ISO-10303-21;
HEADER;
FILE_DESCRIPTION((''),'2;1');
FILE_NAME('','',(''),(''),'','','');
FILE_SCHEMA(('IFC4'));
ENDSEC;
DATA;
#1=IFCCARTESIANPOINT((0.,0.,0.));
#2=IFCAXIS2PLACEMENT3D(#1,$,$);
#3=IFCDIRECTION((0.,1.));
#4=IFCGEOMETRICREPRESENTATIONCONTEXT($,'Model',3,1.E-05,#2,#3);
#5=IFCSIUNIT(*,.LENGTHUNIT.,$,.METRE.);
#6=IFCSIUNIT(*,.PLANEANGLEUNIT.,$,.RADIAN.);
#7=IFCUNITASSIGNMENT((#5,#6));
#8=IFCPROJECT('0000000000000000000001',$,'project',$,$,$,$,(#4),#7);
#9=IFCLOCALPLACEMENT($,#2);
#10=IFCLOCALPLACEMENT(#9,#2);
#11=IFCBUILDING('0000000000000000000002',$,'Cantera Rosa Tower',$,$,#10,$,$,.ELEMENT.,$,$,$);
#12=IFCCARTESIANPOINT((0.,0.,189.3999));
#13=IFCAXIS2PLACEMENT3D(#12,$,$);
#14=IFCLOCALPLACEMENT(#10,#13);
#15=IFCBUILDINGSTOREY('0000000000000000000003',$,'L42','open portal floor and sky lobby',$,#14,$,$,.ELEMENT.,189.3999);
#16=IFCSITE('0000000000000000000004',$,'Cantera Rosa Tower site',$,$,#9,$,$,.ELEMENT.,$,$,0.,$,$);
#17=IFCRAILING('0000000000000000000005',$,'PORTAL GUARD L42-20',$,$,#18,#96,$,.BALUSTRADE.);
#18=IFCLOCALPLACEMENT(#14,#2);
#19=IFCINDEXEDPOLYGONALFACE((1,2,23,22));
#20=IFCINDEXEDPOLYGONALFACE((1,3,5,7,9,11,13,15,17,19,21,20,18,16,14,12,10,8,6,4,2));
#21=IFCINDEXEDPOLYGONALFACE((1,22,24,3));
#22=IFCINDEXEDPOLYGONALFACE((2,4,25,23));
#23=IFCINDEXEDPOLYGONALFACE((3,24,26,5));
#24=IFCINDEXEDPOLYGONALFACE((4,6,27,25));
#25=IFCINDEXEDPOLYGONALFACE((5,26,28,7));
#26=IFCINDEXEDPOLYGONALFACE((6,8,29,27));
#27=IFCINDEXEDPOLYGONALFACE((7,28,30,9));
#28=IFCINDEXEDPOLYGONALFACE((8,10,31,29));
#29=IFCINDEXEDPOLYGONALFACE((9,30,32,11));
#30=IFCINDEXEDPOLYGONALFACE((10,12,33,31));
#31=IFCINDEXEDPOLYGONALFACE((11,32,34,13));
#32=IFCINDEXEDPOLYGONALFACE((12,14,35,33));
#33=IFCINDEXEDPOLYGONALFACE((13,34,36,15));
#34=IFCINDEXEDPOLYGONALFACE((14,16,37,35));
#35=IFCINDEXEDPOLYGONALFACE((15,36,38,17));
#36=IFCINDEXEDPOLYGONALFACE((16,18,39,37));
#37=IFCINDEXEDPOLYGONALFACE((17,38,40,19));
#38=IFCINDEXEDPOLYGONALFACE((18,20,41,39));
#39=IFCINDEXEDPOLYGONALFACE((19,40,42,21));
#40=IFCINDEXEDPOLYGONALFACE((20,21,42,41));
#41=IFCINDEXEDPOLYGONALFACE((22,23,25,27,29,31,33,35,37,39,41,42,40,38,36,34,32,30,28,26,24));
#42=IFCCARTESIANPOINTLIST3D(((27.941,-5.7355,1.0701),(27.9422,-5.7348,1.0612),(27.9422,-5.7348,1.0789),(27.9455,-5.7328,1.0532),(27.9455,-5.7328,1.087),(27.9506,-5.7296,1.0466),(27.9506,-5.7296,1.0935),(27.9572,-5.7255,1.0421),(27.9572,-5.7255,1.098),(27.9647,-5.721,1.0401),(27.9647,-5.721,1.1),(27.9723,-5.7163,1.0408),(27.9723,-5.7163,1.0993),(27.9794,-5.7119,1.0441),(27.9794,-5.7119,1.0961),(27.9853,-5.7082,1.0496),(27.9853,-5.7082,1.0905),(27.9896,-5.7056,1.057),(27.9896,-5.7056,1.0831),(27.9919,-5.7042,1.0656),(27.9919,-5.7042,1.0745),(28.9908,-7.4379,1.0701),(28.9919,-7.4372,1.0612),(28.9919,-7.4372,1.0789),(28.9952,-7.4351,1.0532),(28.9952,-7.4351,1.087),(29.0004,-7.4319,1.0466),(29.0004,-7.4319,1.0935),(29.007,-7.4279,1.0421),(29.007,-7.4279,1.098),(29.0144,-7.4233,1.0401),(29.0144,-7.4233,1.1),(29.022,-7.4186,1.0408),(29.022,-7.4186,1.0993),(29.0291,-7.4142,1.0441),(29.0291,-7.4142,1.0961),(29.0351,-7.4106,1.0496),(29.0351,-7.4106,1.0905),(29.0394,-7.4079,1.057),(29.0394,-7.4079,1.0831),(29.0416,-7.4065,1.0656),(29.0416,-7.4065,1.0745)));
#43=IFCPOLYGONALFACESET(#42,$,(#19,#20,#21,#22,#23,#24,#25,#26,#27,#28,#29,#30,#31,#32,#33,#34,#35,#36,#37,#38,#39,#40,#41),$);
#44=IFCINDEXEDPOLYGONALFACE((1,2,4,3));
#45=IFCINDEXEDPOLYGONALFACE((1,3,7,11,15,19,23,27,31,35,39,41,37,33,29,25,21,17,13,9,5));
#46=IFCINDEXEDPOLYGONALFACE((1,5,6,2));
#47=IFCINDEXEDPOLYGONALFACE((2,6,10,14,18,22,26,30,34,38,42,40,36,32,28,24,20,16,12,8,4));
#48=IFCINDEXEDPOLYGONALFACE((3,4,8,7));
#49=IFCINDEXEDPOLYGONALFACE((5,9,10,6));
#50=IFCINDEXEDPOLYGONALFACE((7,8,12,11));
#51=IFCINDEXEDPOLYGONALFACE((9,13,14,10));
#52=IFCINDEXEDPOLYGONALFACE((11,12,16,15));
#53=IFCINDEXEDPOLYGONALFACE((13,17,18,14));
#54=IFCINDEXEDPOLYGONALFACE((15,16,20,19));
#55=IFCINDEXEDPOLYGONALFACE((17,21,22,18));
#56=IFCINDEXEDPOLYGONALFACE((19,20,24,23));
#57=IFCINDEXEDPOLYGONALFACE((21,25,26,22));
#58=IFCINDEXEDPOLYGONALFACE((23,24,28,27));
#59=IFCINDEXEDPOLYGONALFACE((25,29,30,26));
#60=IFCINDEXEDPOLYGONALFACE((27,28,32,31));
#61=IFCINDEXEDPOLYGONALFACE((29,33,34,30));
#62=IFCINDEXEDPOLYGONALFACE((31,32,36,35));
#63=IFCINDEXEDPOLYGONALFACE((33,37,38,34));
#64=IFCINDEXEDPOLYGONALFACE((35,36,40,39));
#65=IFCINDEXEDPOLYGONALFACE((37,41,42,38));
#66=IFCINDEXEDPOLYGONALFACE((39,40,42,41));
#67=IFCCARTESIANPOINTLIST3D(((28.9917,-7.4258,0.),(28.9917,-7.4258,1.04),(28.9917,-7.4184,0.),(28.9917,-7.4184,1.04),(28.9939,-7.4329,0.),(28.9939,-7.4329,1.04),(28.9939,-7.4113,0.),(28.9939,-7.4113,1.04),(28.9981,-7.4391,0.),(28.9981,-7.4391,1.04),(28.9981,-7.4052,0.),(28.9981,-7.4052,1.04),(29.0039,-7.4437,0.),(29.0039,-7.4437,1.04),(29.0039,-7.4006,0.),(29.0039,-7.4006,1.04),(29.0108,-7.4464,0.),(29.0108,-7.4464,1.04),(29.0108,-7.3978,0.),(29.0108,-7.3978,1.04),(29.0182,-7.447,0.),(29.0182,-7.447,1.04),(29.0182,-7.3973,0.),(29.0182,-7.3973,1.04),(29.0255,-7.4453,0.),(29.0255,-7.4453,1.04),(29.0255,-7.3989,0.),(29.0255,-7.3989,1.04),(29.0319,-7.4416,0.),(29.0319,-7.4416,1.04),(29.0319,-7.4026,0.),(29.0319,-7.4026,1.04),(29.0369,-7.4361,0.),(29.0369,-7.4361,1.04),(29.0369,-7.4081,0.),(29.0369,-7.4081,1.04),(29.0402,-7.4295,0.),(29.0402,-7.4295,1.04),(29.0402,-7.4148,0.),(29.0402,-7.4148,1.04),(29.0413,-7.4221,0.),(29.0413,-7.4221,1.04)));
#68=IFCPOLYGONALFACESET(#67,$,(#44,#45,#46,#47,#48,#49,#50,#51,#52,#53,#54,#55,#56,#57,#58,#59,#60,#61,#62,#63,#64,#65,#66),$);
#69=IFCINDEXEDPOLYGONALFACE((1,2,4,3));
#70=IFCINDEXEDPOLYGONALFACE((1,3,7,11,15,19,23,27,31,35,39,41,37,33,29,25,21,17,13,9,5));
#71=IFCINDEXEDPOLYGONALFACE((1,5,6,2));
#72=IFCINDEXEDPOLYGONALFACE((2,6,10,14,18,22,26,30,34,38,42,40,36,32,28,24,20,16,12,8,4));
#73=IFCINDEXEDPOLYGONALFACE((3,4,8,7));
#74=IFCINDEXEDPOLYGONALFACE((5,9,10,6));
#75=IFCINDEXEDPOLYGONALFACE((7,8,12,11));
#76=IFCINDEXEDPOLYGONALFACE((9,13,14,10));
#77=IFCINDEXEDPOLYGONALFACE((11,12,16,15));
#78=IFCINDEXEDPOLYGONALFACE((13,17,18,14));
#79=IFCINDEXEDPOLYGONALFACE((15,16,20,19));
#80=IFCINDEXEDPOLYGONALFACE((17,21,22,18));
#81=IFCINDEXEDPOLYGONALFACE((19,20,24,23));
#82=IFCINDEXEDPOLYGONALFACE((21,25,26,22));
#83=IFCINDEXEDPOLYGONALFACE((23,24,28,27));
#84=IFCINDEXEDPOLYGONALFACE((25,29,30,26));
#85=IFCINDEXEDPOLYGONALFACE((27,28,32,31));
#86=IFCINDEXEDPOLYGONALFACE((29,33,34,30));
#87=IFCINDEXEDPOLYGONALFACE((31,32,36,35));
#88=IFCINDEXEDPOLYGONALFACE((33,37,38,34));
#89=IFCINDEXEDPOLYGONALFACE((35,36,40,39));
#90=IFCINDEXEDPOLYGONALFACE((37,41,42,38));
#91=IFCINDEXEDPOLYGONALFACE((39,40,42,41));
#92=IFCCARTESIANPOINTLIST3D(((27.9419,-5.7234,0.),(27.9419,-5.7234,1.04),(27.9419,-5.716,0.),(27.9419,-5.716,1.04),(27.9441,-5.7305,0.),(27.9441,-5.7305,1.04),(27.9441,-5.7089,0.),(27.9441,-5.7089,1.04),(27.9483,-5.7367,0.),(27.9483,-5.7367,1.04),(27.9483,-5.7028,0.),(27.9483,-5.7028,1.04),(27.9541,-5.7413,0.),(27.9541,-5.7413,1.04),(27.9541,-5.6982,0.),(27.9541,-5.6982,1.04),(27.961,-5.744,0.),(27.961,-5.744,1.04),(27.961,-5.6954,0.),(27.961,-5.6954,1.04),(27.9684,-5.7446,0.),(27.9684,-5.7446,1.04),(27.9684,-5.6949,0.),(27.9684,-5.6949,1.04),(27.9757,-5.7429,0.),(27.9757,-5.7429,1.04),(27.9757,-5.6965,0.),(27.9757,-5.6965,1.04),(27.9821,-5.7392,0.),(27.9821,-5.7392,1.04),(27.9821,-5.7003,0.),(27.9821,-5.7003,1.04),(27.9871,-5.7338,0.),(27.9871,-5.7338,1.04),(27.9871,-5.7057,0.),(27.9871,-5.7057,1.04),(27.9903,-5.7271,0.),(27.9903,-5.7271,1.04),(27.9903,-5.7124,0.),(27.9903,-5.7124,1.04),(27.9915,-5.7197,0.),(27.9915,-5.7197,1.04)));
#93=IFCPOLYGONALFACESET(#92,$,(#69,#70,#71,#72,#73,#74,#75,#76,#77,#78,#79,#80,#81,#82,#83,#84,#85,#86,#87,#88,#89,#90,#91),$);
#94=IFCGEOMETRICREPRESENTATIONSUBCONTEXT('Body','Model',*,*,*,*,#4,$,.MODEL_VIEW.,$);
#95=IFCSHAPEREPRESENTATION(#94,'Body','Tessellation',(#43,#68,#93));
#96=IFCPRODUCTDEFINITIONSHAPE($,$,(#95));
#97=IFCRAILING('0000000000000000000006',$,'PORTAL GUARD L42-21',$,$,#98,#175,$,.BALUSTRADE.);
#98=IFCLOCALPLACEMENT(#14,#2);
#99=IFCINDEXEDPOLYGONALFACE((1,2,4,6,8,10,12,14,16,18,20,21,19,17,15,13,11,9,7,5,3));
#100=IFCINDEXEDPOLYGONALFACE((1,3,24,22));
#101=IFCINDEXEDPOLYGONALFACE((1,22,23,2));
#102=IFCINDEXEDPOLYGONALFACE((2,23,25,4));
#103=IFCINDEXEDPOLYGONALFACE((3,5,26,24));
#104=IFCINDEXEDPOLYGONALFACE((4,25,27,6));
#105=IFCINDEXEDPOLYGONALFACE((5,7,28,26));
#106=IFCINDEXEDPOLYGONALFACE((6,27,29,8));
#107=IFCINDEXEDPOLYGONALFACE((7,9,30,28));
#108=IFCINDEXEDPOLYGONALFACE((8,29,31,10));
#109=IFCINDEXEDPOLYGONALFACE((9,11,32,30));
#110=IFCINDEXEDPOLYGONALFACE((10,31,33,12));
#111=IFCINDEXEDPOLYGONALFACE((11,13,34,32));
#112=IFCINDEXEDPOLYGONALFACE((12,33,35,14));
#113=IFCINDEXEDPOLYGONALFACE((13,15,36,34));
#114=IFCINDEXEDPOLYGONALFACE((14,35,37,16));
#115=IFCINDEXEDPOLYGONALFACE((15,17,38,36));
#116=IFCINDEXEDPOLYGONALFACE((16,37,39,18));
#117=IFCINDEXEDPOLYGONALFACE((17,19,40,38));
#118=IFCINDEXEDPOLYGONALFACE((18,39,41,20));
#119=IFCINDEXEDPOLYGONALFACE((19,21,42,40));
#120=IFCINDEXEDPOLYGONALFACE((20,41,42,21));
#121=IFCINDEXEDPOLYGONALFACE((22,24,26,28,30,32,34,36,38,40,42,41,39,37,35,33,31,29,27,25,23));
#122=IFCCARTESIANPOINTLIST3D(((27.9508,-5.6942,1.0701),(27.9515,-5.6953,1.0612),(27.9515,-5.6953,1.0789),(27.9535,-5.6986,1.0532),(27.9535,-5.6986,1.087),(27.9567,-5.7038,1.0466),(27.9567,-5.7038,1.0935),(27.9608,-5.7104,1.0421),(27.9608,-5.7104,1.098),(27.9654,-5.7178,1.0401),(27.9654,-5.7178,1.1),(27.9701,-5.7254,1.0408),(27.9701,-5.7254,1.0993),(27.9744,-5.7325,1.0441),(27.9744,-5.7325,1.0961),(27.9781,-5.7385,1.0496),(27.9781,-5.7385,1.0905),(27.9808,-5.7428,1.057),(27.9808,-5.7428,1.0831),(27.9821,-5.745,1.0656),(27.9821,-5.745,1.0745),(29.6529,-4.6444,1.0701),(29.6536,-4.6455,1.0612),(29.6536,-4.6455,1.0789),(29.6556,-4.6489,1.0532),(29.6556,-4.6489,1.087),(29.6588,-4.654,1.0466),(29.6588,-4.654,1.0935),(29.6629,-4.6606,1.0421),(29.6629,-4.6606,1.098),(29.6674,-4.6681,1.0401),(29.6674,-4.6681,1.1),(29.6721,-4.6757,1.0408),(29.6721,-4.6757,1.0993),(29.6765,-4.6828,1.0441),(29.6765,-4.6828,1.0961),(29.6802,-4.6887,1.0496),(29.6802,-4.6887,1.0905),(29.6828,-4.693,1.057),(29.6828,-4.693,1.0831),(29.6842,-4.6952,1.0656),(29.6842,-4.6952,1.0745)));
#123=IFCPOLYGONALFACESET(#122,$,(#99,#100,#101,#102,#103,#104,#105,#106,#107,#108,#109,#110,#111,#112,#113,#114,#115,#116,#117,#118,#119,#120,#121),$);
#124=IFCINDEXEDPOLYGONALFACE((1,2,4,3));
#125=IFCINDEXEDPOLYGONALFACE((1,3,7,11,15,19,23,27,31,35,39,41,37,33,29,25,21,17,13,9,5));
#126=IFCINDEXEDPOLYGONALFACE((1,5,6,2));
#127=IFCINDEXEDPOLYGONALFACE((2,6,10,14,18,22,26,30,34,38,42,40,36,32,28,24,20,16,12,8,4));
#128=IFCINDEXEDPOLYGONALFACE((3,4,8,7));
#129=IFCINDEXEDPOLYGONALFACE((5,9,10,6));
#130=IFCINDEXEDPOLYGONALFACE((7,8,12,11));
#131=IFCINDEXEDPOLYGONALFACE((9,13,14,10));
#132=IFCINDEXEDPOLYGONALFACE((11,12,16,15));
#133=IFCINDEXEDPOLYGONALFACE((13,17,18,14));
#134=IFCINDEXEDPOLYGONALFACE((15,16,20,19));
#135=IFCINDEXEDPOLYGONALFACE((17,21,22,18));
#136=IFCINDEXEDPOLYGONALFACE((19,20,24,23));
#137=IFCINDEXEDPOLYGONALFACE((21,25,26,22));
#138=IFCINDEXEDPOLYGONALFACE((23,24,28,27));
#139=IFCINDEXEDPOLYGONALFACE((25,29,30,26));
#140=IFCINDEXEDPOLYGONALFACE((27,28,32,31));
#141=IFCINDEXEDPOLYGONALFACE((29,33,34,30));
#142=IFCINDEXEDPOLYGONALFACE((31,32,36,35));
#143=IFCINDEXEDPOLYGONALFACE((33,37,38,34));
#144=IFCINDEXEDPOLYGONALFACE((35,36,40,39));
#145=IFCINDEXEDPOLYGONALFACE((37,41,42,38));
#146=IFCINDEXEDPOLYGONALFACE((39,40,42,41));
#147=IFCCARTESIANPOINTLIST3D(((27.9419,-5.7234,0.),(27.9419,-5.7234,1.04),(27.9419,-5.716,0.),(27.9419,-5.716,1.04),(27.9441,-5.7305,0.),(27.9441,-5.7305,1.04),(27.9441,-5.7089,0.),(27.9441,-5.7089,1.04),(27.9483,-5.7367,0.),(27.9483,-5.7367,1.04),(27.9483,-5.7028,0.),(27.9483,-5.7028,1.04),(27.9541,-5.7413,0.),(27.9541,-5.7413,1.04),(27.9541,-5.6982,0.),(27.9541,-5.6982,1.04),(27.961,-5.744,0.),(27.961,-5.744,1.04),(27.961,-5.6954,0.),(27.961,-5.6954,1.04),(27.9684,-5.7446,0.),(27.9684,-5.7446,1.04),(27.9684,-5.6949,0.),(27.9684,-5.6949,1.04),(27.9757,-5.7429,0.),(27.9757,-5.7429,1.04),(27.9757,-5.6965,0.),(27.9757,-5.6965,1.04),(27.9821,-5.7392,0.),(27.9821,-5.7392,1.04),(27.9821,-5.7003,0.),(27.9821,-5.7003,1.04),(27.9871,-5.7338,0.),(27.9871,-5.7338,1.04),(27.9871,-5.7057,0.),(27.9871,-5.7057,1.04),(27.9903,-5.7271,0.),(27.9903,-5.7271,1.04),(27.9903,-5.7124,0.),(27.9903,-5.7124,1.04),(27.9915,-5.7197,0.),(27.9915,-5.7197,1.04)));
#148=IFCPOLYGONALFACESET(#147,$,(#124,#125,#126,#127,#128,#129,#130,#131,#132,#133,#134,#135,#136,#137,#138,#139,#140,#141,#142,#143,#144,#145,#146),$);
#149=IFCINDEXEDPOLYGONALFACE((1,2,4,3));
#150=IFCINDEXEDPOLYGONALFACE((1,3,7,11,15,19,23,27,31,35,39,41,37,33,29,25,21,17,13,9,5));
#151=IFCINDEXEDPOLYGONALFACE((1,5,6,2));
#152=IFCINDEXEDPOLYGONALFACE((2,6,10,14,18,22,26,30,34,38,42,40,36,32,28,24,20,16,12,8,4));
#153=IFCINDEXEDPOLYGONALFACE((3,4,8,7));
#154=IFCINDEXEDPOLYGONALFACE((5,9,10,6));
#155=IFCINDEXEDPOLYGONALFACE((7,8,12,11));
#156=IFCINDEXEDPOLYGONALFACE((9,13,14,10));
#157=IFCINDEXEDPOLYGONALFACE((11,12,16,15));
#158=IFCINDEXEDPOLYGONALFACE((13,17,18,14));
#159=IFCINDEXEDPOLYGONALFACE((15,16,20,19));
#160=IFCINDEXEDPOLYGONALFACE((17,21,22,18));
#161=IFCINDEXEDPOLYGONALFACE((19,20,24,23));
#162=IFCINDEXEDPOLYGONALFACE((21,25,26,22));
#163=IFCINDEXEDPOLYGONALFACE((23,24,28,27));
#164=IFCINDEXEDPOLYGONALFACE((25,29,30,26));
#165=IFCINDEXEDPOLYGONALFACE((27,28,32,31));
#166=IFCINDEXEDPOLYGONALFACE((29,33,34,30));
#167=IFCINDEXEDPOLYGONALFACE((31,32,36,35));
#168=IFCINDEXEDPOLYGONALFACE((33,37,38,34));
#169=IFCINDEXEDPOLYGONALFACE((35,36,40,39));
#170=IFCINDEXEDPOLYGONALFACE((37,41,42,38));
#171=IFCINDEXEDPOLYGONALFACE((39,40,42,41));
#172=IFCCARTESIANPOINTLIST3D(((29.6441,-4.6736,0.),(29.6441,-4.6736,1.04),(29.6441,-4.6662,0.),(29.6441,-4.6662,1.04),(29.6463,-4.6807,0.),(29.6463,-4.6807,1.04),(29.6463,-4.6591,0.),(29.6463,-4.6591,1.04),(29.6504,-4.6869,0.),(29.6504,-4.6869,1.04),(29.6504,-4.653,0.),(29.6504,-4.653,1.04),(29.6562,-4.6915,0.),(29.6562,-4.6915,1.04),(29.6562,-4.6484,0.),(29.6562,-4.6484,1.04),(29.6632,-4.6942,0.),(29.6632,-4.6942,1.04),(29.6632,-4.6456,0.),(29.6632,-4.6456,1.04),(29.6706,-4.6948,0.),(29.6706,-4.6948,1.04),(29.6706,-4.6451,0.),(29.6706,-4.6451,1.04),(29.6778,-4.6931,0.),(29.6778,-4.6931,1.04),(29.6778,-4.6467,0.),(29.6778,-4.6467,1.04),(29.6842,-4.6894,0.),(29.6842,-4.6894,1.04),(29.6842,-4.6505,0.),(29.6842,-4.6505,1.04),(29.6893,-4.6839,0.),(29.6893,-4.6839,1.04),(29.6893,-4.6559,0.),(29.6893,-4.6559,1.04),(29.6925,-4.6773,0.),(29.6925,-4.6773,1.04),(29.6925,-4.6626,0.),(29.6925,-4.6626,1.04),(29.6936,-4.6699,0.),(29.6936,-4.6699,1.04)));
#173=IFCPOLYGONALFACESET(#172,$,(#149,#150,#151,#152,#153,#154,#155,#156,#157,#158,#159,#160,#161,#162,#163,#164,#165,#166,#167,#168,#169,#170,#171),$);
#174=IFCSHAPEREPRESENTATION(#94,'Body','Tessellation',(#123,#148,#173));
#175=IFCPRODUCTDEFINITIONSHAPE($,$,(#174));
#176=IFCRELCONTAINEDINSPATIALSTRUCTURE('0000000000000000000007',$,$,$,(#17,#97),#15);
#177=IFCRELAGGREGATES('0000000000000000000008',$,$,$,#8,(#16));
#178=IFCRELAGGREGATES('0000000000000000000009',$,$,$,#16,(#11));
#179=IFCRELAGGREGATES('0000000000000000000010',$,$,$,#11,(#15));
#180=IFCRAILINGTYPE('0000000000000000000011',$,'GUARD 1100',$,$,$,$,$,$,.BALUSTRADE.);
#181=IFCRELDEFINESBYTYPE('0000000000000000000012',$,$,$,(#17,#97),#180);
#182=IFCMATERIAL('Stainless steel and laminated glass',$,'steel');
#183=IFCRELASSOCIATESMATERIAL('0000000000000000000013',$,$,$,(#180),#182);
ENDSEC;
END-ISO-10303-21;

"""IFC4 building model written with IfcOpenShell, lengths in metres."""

from ifc_helpers import new_model, si_unit, direction, frame, origin, origin_2d, place, context, subcontext, project, spatial, circle, extrude, material, type_object, element, save


model = new_model("IFC4")

# Units and contexts
model_context = context("Model", 3, precision=1e-05, world=origin(), true_north=direction((0.0, 1.0)))
body_context = subcontext(model_context, "Body", "Model", "MODEL_VIEW")
ifc_project = project(units=[si_unit("LENGTHUNIT", "METRE"), si_unit("PLANEANGLEUNIT", "RADIAN")], contexts=[model_context])

# Site, building, storey
site_placement = place(None, origin())
site = spatial("IfcSite", under=ifc_project, at=site_placement, Name="Cantera Rosa Tower site", CompositionType="ELEMENT", RefElevation=0.0)
building_placement = place(site_placement, origin())
building = spatial("IfcBuilding", under=site, at=building_placement, Name="Cantera Rosa Tower", CompositionType="ELEMENT")
storey_placement = place(building_placement, frame((0.0, 0.0, 189.3999)))
storey = spatial("IfcBuildingStorey", under=building, at=storey_placement, Name="L42", Description="open portal floor and sky lobby", CompositionType="ELEMENT", Elevation=189.3999)

# Railings
ifc_material_1 = material(Name="Stainless steel and laminated glass", Category="steel")
railing_type = type_object("IfcRailingType", Name="GUARD 1100", PredefinedType="BALUSTRADE", material=ifc_material_1)
railing_1_placement = place(storey_placement, frame((29.0164, -7.4221, 0.0)))
element("IfcRailing", 1, at=railing_1_placement, inside=storey, type_object=railing_type, Name="PORTAL GUARD L42-20", PredefinedType="BALUSTRADE", context=body_context, shape_type="SweptSolid", body=[
    extrude(circle(Radius=0.03, at=origin_2d()), frame((0.0, 0.0, 1.0701), z_axis=(-0.524887, 0.851172, 0.0), x_axis=(-0.851172, -0.524887, 0.0)), (0.0, 0.0, 1.0), 2.0),
    extrude(circle(Radius=0.0249, at=origin_2d()), origin(), (0.0, 0.0, 1.0), 1.04),
    extrude(circle(Radius=0.0249, at=origin_2d()), frame((-1.0498, 1.7024, 0.0)), (0.0, 0.0, 1.0), 1.04),
])
railing_2_placement = place(storey_placement, frame((27.9666, -5.7197, 0.0)))
element("IfcRailing", 2, at=railing_2_placement, inside=storey, type_object=railing_type, Name="PORTAL GUARD L42-21", PredefinedType="BALUSTRADE", context=body_context, shape_type="SweptSolid", body=[
    extrude(circle(Radius=0.03, at=origin_2d()), frame((0.0, 0.0, 1.0701), z_axis=(0.851138, 0.524942, 0.0), x_axis=(-0.524942, 0.851138, 0.0)), (0.0, 0.0, 1.0), 1.9998),
    extrude(circle(Radius=0.0249, at=origin_2d()), origin(), (0.0, 0.0, 1.0), 1.04),
    extrude(circle(Radius=0.0249, at=origin_2d()), frame((1.7021, 1.0498, 0.0)), (0.0, 0.0, 1.0), 1.04),
])

save(model, "model.ifc")
